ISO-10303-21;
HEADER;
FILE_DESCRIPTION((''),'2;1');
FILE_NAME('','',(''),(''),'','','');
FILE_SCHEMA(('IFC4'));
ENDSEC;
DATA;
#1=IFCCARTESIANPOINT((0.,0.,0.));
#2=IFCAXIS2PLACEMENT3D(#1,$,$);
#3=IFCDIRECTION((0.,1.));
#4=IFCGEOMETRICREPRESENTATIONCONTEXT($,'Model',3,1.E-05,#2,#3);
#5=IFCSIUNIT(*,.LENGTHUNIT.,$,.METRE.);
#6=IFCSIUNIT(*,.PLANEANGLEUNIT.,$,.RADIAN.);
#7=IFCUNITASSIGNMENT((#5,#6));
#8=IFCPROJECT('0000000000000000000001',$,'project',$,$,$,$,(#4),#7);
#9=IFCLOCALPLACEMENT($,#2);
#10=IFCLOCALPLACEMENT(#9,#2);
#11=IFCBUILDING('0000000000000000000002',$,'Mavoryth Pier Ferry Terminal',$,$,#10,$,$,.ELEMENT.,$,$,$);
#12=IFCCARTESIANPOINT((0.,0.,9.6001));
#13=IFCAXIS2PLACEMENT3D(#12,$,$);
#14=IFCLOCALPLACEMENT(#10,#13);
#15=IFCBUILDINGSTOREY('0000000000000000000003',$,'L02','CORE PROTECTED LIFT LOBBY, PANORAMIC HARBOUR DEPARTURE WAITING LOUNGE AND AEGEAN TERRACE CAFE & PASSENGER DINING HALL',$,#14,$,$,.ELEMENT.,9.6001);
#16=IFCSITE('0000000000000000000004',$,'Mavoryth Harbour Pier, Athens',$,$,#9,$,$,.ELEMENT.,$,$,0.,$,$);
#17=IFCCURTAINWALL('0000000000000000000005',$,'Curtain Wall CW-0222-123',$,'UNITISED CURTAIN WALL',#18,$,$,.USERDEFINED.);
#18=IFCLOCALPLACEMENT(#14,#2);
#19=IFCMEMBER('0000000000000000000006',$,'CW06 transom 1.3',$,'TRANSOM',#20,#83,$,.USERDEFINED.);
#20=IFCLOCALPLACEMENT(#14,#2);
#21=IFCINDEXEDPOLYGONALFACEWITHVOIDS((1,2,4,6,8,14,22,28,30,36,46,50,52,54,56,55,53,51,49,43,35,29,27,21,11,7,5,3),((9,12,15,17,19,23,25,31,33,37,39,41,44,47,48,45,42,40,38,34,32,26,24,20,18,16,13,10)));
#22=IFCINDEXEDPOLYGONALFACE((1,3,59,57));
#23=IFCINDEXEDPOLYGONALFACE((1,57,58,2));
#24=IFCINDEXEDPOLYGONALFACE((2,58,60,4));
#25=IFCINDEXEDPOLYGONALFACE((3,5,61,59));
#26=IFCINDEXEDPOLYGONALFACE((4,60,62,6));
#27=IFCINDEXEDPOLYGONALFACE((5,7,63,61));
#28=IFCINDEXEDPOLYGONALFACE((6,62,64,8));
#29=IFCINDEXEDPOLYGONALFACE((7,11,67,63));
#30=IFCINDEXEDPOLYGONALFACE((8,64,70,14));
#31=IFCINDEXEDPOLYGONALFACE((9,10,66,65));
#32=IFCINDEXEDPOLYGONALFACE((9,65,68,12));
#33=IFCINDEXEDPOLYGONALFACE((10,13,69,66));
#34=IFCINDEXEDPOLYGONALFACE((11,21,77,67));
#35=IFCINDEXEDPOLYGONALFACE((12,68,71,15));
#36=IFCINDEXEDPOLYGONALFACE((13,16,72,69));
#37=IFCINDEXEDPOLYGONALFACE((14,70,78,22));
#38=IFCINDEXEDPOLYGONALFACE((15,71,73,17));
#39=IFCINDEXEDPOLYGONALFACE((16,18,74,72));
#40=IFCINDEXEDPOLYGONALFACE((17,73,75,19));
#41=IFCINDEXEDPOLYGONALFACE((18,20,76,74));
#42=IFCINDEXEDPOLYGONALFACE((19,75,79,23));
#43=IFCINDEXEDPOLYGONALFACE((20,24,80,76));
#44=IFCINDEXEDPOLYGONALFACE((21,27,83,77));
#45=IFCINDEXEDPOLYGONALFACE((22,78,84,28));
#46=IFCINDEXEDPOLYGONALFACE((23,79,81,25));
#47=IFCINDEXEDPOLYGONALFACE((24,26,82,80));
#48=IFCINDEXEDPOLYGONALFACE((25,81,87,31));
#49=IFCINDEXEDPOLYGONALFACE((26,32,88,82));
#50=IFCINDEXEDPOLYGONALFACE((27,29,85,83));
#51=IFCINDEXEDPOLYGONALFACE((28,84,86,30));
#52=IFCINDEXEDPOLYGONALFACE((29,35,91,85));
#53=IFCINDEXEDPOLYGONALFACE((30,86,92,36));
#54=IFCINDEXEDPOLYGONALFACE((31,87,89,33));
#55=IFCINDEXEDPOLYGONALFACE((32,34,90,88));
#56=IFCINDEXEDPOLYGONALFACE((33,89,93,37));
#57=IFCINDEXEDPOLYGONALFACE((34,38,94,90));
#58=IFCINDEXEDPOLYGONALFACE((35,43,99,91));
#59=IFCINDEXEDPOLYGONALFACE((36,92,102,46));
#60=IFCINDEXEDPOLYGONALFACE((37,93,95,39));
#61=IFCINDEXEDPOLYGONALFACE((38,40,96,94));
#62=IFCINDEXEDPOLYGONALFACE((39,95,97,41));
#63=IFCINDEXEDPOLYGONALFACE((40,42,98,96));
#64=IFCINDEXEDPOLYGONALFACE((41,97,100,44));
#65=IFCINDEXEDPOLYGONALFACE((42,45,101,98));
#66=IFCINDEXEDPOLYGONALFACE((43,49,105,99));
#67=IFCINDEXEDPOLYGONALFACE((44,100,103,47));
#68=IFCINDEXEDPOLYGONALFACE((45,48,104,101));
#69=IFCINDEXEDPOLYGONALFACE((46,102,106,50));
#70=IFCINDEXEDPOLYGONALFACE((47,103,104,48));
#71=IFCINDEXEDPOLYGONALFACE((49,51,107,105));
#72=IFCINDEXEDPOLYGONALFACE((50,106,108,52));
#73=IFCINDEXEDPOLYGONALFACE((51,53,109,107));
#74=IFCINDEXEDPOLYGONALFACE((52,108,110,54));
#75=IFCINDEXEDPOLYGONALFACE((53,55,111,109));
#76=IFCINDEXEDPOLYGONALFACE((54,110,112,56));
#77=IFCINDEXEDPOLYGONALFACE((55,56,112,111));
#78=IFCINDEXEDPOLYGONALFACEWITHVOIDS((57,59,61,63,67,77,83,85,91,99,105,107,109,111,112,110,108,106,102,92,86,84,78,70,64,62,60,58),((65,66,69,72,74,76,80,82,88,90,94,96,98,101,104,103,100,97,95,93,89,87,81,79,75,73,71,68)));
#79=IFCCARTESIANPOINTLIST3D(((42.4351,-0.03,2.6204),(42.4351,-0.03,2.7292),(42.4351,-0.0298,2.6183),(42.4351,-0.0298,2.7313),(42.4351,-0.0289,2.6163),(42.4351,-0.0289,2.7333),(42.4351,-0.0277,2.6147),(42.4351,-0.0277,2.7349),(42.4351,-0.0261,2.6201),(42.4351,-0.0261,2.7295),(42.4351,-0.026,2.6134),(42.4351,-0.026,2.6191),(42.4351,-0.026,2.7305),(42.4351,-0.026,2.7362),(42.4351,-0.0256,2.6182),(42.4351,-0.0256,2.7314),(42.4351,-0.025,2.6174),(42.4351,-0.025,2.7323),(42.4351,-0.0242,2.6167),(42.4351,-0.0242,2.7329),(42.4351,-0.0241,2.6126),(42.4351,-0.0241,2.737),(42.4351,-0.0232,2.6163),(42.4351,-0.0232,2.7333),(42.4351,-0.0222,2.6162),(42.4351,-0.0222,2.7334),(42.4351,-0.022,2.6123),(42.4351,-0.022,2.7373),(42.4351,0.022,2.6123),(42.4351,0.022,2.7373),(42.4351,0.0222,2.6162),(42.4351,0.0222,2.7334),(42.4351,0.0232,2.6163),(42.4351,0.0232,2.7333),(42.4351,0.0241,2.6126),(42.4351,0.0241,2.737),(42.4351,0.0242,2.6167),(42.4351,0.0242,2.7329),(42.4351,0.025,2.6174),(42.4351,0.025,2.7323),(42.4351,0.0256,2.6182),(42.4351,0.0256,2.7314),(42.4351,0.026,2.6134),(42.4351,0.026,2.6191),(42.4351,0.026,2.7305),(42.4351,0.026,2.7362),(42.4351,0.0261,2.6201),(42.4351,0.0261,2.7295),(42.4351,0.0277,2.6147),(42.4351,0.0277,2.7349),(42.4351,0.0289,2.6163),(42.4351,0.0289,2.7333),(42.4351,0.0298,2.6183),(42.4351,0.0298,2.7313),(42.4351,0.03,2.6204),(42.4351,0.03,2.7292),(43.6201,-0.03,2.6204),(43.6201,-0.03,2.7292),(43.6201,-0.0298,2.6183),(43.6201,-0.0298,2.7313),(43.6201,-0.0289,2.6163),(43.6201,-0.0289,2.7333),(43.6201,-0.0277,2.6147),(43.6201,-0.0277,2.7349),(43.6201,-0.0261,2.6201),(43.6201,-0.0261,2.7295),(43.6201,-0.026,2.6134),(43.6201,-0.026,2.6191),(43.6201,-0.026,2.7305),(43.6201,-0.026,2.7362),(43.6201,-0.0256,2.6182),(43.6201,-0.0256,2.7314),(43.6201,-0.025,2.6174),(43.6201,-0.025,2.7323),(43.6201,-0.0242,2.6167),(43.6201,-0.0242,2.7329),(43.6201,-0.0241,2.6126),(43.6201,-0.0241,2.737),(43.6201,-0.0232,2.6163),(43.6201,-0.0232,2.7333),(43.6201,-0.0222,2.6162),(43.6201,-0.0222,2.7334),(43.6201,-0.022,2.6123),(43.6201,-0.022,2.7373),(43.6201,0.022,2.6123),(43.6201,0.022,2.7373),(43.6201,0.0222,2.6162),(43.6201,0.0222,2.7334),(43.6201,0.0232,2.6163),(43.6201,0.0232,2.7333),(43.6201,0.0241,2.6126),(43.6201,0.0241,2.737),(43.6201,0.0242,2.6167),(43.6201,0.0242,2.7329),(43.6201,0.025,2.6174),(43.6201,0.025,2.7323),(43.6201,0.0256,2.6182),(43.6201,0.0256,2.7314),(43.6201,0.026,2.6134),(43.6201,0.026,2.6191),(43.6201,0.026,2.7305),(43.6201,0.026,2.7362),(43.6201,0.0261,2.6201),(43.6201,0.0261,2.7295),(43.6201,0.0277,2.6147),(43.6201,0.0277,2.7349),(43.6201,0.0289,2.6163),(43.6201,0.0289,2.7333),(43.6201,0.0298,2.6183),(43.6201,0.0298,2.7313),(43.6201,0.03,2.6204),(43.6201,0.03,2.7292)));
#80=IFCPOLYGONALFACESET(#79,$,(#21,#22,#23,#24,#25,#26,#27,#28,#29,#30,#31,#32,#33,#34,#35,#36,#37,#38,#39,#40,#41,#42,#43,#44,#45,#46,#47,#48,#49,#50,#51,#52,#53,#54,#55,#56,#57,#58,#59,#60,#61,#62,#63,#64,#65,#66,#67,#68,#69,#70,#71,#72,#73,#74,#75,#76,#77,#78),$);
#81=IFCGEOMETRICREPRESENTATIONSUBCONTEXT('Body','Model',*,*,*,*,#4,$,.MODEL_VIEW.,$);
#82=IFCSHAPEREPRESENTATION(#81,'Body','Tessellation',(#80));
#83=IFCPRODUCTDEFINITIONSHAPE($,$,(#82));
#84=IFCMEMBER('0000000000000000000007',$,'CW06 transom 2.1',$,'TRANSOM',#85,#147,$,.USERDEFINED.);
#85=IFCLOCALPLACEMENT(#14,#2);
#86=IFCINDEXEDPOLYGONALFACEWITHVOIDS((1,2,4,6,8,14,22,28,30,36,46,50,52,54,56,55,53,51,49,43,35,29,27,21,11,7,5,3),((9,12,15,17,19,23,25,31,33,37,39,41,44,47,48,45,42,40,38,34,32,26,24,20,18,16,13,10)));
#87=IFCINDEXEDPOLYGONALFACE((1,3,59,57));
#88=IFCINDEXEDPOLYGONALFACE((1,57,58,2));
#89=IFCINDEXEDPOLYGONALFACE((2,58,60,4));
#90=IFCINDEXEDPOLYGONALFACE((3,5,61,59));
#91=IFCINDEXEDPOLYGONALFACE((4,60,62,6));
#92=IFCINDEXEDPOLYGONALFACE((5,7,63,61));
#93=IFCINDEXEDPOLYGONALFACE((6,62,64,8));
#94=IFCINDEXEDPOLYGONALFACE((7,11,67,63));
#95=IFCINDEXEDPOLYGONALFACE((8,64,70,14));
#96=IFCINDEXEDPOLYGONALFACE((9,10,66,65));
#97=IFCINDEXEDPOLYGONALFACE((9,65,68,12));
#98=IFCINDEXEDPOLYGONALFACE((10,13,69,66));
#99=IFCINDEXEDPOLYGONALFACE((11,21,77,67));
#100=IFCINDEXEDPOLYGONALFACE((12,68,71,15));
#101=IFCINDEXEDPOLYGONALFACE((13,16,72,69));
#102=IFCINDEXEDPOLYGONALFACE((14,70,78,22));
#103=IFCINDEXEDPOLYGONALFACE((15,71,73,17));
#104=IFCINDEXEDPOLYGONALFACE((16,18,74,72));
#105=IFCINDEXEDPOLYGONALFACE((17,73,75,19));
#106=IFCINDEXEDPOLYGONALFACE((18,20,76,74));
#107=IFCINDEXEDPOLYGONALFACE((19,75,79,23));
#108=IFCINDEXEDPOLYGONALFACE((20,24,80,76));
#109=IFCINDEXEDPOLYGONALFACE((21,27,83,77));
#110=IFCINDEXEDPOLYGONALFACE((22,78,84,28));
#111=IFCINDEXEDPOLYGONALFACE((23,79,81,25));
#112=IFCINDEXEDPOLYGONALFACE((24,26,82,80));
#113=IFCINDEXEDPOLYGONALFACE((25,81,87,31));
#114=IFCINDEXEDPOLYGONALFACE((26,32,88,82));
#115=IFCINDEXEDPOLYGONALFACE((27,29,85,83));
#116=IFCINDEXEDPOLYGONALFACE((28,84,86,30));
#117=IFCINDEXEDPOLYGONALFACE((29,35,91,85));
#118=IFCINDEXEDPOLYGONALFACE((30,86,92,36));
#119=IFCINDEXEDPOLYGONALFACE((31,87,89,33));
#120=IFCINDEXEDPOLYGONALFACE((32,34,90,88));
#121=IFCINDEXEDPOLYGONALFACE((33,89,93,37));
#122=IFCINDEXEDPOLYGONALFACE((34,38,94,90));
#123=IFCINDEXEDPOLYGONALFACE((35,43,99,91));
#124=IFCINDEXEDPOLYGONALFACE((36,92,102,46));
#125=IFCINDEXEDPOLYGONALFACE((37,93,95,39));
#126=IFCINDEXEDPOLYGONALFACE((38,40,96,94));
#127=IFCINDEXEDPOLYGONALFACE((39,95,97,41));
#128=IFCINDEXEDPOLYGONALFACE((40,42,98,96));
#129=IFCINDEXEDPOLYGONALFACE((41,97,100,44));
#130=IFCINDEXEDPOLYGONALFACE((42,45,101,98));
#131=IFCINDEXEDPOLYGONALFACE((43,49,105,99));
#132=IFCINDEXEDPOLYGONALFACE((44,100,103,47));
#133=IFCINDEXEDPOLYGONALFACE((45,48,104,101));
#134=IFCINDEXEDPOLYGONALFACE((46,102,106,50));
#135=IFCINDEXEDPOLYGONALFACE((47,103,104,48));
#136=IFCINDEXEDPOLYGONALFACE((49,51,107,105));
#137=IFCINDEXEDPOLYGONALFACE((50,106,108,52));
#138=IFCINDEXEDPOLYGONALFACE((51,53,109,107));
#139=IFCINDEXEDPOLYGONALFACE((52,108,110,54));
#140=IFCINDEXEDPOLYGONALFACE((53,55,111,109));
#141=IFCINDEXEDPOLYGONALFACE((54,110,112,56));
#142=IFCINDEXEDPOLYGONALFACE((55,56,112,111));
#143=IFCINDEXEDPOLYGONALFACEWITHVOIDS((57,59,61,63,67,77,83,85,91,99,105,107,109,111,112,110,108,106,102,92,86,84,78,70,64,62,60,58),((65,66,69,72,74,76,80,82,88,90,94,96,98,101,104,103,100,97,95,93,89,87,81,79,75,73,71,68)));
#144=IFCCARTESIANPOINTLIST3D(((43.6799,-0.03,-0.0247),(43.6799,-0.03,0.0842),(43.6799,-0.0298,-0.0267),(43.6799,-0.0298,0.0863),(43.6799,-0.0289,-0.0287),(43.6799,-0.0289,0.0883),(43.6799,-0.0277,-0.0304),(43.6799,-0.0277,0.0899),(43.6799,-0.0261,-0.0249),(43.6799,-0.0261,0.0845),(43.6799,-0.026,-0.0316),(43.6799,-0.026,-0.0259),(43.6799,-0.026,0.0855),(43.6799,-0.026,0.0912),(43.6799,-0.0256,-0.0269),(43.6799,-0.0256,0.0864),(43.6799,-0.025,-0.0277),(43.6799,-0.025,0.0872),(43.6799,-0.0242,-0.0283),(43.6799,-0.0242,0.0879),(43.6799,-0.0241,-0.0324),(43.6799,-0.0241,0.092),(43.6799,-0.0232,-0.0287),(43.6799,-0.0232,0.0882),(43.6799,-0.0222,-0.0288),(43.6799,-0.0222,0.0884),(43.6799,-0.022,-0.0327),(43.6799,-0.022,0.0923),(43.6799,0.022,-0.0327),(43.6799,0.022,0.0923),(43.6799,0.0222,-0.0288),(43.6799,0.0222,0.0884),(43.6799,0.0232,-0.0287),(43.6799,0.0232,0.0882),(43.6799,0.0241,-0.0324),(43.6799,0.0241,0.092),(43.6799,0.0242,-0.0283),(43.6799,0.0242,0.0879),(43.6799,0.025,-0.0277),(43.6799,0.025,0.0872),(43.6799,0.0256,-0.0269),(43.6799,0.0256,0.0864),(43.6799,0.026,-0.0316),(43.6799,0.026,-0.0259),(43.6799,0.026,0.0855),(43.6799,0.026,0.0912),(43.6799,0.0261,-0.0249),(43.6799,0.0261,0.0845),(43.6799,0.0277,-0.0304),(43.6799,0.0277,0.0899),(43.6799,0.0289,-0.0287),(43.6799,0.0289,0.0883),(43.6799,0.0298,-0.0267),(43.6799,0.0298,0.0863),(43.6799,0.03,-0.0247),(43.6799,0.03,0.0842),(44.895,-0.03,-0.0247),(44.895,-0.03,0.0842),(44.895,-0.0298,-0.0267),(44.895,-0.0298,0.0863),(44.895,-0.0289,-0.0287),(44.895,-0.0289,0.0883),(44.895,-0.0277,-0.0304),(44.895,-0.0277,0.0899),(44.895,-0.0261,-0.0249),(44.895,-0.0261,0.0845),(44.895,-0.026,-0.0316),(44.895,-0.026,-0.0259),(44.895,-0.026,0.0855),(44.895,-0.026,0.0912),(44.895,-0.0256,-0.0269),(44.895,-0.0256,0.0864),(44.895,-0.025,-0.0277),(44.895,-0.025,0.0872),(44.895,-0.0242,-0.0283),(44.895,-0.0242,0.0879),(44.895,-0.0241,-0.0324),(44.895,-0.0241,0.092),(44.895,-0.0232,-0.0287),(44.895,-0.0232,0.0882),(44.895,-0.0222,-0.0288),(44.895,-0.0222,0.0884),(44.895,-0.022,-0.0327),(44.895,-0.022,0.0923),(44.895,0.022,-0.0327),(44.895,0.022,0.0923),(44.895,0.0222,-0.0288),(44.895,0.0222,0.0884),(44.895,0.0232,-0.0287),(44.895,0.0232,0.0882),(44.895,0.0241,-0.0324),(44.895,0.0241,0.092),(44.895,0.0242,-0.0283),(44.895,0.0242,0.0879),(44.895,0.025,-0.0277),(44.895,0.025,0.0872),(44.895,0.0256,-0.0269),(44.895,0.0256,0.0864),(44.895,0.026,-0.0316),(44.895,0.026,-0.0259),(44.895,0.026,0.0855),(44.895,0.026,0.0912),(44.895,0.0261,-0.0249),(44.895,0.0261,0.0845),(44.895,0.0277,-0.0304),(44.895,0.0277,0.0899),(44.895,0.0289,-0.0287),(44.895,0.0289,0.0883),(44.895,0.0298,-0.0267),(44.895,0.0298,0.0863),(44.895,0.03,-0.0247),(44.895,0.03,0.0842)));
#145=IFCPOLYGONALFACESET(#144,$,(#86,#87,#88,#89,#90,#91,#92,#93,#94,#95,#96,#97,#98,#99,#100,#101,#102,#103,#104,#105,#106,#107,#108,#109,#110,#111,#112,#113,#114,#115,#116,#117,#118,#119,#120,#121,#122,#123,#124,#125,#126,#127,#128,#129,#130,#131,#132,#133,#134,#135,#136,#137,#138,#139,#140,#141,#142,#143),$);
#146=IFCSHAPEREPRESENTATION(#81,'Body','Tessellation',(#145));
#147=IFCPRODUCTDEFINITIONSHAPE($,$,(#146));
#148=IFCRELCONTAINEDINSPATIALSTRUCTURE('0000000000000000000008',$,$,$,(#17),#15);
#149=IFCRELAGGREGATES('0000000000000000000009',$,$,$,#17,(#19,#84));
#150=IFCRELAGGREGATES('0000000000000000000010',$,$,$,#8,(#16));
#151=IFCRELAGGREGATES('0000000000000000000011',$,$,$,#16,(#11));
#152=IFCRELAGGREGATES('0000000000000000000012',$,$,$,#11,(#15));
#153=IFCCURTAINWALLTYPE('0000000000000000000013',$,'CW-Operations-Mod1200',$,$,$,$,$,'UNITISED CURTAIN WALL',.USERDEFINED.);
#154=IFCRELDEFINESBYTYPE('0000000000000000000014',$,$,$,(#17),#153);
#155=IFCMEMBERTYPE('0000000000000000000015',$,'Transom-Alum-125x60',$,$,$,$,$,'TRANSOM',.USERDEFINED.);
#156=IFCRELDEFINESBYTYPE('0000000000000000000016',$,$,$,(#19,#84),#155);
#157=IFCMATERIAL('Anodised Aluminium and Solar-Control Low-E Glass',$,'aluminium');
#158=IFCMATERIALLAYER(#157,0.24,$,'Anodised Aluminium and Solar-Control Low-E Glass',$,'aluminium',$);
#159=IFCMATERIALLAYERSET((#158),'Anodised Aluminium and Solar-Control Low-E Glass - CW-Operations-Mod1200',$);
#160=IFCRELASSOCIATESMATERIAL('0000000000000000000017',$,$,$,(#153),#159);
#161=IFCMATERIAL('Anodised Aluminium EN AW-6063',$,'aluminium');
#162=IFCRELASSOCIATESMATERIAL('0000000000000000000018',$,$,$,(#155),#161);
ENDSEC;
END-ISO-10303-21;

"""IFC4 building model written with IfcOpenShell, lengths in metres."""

from ifc_helpers import new_model, si_unit, direction, frame, origin, origin_2d, place, context, subcontext, project, spatial, hollow_rectangle, extrude, material, layer, layer_set, material_profile, profile_set, type_object, element, aggregate, save


model = new_model("IFC4")

# Units and contexts
model_context = context("Model", 3, precision=1e-05, world=origin(), true_north=direction((0.0, 1.0)))
body_context = subcontext(model_context, "Body", "Model", "MODEL_VIEW")
ifc_project = project(units=[si_unit("LENGTHUNIT", "METRE"), si_unit("PLANEANGLEUNIT", "RADIAN")], contexts=[model_context])

# Site, building, storey
site_placement = place(None, origin())
site = spatial("IfcSite", under=ifc_project, at=site_placement, Name="Mavoryth Harbour Pier, Athens", CompositionType="ELEMENT", RefElevation=0.0)
building_placement = place(site_placement, origin())
building = spatial("IfcBuilding", under=site, at=building_placement, Name="Mavoryth Pier Ferry Terminal", CompositionType="ELEMENT")
storey_placement = place(building_placement, frame((0.0, 0.0, 9.6001)))
storey = spatial("IfcBuildingStorey", under=building, at=storey_placement, Name="L02", Description="CORE PROTECTED LIFT LOBBY, PANORAMIC HARBOUR DEPARTURE WAITING LOUNGE AND AEGEAN TERRACE CAFE & PASSENGER DINING HALL", CompositionType="ELEMENT", Elevation=9.6001)

# Curtain wall
ifc_material_1 = material(Name="Anodised Aluminium and Solar-Control Low-E Glass", Category="aluminium")
ifc_layer_1 = layer(ifc_material_1, 0.24, Name="Anodised Aluminium and Solar-Control Low-E Glass", Category="aluminium")
ifc_layer_set_1 = layer_set([ifc_layer_1], Name="Anodised Aluminium and Solar-Control Low-E Glass - CW-Operations-Mod1200")
curtain_wall_type = type_object("IfcCurtainWallType", Name="CW-Operations-Mod1200", ElementType="UNITISED CURTAIN WALL", PredefinedType="USERDEFINED", material=ifc_layer_set_1)
curtain_wall_placement = place(storey_placement, origin())
curtain_wall = element("IfcCurtainWall", 1, at=curtain_wall_placement, inside=storey, type_object=curtain_wall_type, Name="Curtain Wall CW-0222-123", ObjectType="UNITISED CURTAIN WALL", PredefinedType="USERDEFINED")
ifc_material_2 = material(Name="Anodised Aluminium EN AW-6063", Category="aluminium")

# Members
ifc_material_profile_1 = material_profile(ifc_material_2, hollow_rectangle(XDim=0.0601, YDim=0.125, WallThickness=0.0039, InnerFilletRadius=0.0039, OuterFilletRadius=0.0081, at=origin_2d()), Name="AL-TRAN 125x60x4", Category="aluminium")
ifc_profile_set_1 = profile_set([ifc_material_profile_1], Name="Anodised Aluminium EN AW-6063 - AL-TRAN 125x60x4")
member_type_1 = type_object("IfcMemberType", Name="Transom-Alum-125x60", ElementType="TRANSOM", PredefinedType="USERDEFINED", material=ifc_profile_set_1)
member_1_placement = place(storey_placement, frame((42.4351, 0.0, 2.6748), z_axis=(1.0, 0.0, 0.0), x_axis=(0.0, 1.0, 0.0)))
member_1 = element("IfcMember", 2, at=member_1_placement, type_object=member_type_1, Name="CW06 transom 1.3", ObjectType="TRANSOM", PredefinedType="USERDEFINED", context=body_context, shape_type="SweptSolid", body=[
    extrude(hollow_rectangle(XDim=0.0601, YDim=0.125, WallThickness=0.0039, InnerFilletRadius=0.0039, OuterFilletRadius=0.0081, at=origin_2d()), origin(), (0.0, 0.0, 1.0), 1.1851),
])
member_2_placement = place(storey_placement, frame((43.6799, 0.0, 0.0298), z_axis=(1.0, 0.0, 0.0), x_axis=(0.0, 1.0, 0.0)))
member_2 = element("IfcMember", 3, at=member_2_placement, type_object=member_type_1, Name="CW06 transom 2.1", ObjectType="TRANSOM", PredefinedType="USERDEFINED", context=body_context, shape_type="SweptSolid", body=[
    extrude(hollow_rectangle(XDim=0.0601, YDim=0.125, WallThickness=0.0039, InnerFilletRadius=0.0039, OuterFilletRadius=0.0081, at=origin_2d()), origin(), (0.0, 0.0, 1.0), 1.2151),
])

aggregate(curtain_wall, [member_1, member_2])

save(model, "model.ifc")
